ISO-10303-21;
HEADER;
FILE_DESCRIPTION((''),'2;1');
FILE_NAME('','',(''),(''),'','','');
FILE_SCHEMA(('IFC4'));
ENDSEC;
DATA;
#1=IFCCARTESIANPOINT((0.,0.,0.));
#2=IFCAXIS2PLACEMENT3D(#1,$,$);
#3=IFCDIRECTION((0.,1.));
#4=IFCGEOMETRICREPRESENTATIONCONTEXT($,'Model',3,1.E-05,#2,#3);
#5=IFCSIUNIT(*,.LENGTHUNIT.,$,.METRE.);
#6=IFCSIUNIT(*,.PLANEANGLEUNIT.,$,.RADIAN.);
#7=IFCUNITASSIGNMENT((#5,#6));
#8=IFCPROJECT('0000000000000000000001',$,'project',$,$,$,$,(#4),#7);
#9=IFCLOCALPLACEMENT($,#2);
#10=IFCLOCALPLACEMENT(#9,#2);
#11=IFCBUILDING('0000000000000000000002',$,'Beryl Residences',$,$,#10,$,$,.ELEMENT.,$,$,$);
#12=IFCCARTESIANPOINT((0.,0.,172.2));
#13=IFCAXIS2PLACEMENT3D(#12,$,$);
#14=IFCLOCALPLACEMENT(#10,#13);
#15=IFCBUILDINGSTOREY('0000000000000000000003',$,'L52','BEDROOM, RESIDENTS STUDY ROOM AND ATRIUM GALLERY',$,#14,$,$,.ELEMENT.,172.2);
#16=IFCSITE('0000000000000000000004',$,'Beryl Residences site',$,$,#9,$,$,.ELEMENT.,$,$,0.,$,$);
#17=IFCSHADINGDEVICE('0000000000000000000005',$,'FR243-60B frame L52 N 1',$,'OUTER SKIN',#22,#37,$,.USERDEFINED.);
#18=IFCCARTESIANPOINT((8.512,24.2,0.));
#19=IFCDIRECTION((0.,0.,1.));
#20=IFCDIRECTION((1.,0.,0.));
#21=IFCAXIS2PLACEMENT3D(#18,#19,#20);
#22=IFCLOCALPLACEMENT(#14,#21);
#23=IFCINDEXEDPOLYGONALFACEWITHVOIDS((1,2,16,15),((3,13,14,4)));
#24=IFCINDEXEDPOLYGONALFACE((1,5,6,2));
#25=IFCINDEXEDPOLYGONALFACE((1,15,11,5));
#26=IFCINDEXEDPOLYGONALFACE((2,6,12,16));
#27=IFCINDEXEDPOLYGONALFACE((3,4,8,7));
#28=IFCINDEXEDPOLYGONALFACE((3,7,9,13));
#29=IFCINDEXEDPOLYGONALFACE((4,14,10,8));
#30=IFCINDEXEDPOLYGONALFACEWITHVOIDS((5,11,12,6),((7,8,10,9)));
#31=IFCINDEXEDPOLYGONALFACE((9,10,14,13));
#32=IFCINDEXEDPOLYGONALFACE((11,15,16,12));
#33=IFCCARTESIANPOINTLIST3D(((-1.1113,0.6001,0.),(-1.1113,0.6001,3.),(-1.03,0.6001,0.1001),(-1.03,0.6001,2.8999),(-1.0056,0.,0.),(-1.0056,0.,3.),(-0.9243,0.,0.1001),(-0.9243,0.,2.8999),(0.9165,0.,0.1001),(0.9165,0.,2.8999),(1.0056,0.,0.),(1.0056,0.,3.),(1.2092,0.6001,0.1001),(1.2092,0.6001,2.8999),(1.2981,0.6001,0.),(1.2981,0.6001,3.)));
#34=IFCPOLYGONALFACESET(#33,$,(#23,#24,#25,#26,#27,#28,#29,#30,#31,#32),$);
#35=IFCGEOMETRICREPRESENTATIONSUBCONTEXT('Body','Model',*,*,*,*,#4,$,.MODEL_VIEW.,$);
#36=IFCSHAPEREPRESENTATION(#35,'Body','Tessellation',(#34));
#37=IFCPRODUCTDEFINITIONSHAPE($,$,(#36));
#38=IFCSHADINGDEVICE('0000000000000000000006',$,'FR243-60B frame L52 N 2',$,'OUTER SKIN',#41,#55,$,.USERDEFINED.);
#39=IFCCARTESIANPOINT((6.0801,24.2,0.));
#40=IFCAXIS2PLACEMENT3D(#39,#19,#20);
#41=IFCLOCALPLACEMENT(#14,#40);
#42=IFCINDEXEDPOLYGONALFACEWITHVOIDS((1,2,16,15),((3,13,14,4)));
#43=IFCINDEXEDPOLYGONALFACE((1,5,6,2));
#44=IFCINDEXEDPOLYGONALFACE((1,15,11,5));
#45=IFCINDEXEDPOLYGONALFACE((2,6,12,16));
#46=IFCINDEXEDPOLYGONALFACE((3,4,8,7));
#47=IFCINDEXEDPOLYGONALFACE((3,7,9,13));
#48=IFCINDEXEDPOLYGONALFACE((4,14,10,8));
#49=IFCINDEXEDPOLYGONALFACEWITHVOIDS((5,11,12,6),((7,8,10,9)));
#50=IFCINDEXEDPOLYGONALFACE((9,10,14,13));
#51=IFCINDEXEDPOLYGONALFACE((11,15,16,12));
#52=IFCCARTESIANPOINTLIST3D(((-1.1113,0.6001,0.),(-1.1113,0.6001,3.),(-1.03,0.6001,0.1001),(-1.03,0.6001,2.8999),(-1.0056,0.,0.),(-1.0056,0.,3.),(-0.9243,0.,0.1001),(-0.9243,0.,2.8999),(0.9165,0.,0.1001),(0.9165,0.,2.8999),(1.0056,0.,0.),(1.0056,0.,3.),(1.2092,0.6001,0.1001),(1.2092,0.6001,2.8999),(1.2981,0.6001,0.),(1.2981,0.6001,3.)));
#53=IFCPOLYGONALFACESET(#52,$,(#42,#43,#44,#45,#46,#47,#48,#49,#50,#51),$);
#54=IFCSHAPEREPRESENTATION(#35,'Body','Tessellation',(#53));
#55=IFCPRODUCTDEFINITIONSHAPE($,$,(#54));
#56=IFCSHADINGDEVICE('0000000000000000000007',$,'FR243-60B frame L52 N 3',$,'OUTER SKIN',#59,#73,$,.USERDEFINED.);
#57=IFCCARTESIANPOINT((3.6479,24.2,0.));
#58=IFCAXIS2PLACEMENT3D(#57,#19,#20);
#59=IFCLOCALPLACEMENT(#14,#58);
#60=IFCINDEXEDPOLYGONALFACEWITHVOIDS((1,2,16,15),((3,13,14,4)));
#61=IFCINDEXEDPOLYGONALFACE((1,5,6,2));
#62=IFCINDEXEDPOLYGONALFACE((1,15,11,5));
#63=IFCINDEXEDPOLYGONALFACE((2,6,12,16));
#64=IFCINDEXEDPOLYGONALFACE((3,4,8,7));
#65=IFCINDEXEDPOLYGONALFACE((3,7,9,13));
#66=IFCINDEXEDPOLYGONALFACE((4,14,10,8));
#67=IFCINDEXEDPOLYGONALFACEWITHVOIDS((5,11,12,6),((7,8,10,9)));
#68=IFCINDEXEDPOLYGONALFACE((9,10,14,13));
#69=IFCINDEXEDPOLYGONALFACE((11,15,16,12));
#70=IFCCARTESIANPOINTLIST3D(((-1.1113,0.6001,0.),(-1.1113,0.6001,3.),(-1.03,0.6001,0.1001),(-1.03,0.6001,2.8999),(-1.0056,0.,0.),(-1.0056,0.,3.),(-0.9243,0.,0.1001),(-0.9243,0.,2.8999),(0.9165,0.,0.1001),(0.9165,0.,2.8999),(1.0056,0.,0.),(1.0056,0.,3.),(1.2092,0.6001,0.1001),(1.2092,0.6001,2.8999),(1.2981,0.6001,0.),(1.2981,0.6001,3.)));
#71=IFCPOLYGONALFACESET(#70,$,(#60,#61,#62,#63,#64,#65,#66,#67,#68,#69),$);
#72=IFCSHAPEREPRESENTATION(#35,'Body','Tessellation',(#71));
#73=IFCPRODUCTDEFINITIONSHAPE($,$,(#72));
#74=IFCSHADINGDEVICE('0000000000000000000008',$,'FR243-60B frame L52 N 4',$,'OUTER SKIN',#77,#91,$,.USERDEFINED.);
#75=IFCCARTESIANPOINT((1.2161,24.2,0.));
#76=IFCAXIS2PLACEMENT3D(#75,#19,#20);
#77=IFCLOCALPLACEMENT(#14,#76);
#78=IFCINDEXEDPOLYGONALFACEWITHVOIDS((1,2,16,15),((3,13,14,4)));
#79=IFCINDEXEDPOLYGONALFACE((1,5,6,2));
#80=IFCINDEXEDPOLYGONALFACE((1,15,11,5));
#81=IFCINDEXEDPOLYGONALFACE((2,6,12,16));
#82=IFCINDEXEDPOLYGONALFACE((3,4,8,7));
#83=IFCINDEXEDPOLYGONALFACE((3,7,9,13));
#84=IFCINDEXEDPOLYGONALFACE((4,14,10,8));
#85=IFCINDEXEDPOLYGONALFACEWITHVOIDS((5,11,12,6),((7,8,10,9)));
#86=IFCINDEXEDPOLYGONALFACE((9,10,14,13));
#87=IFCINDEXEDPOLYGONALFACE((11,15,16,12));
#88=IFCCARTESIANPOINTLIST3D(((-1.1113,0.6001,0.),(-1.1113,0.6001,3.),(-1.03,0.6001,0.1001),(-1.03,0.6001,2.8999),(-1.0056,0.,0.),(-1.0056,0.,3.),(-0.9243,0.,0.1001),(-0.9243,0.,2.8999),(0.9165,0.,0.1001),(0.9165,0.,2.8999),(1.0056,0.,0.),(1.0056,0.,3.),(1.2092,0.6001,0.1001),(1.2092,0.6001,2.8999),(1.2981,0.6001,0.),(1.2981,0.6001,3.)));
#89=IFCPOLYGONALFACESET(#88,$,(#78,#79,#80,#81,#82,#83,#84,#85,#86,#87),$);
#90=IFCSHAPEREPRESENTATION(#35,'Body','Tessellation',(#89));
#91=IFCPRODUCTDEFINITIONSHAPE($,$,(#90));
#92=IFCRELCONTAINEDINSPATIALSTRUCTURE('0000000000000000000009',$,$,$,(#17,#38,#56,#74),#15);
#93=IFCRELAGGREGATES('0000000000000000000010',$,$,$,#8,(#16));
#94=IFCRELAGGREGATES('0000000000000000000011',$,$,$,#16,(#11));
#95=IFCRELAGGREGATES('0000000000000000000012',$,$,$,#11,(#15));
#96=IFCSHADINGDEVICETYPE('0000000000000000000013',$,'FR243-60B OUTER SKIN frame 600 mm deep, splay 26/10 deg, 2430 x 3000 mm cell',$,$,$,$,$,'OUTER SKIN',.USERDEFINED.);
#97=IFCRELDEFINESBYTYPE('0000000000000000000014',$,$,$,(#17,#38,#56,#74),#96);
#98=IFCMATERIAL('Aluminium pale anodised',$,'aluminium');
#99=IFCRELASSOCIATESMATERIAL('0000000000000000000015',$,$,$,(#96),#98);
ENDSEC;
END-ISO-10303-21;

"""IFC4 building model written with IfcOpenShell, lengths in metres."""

from ifc_helpers import new_model, entity, si_unit, direction, frame, origin, place, context, subcontext, project, spatial, source, transform, mapped, material, type_object, type_shapes, element, save


model = new_model("IFC4")

# Units and contexts
model_context = context("Model", 3, precision=1e-05, world=origin(), true_north=direction((0.0, 1.0)))
body_context = subcontext(model_context, "Body", "Model", "MODEL_VIEW")
ifc_project = project(units=[si_unit("LENGTHUNIT", "METRE"), si_unit("PLANEANGLEUNIT", "RADIAN")], contexts=[model_context])

# Site, building, storey
site_placement = place(None, origin())
site = spatial("IfcSite", under=ifc_project, at=site_placement, Name="Beryl Residences site", CompositionType="ELEMENT", RefElevation=0.0)
building_placement = place(site_placement, origin())
building = spatial("IfcBuilding", under=site, at=building_placement, Name="Beryl Residences", CompositionType="ELEMENT")
storey_placement = place(building_placement, frame((0.0, 0.0, 172.2)))
storey = spatial("IfcBuildingStorey", under=building, at=storey_placement, Name="L52", Description="BEDROOM, RESIDENTS STUDY ROOM AND ATRIUM GALLERY", CompositionType="ELEMENT", Elevation=172.2)

# Shading devices
ifc_material_1 = material(Name="Aluminium pale anodised", Category="aluminium")
shading_device_type = type_object("IfcShadingDeviceType", Name="FR243-60B OUTER SKIN frame 600 mm deep, splay 26/10 deg, 2430 x 3000 mm cell", ElementType="OUTER SKIN", PredefinedType="USERDEFINED", material=ifc_material_1)
cartesian_point_1 = entity("IfcCartesianPoint", [-1.0056, 0.0])
cartesian_point_2 = entity("IfcCartesianPoint", [-0.9165, 0.1001])
cartesian_point_3 = entity("IfcCartesianPoint", [-1.2981, 0.0])
cartesian_point_4 = entity("IfcCartesianPoint", [-1.2092, 0.1001])
shared_shape_1 = source(origin(), body_context, "Body", "SweptSolid", [
    entity("IfcExtrudedAreaSolidTapered", entity("IfcArbitraryProfileDefWithVoids", "AREA", None, entity("IfcPolyline", [cartesian_point_1, entity("IfcCartesianPoint", [1.0056, 0.0]), entity("IfcCartesianPoint", [1.0056, 3.0]), entity("IfcCartesianPoint", [-1.0056, 3.0]), cartesian_point_1]), [entity("IfcPolyline", [cartesian_point_2, entity("IfcCartesianPoint", [0.9243, 0.1001]), entity("IfcCartesianPoint", [0.9243, 2.8999]), entity("IfcCartesianPoint", [-0.9165, 2.8999]), cartesian_point_2])]), entity("IfcAxis2Placement3D", entity("IfcCartesianPoint", [0.0, 0.0, 0.0]), entity("IfcDirection", [0.0, 1.0, 0.0]), entity("IfcDirection", [-1.0, 0.0, 0.0])), entity("IfcDirection", [0.0, 0.0, 1.0]), 0.6001, entity("IfcArbitraryProfileDefWithVoids", "AREA", None, entity("IfcPolyline", [cartesian_point_3, entity("IfcCartesianPoint", [1.1113, 0.0]), entity("IfcCartesianPoint", [1.1113, 3.0]), entity("IfcCartesianPoint", [-1.2981, 3.0]), cartesian_point_3]), [entity("IfcPolyline", [cartesian_point_4, entity("IfcCartesianPoint", [1.03, 0.1001]), entity("IfcCartesianPoint", [1.03, 2.8999]), entity("IfcCartesianPoint", [-1.2092, 2.8999]), cartesian_point_4])])),
])
type_shapes(shading_device_type, [shared_shape_1])
for number, where, z_axis, x_axis, name in (
    (1, (8.512, 24.2, 0.0), (0.0, 0.0, 1.0), (1.0, 0.0, 0.0), "FR243-60B frame L52 N 1"),
    (2, (6.0801, 24.2, 0.0), (0.0, 0.0, 1.0), (1.0, 0.0, 0.0), "FR243-60B frame L52 N 2"),
    (3, (3.6479, 24.2, 0.0), (0.0, 0.0, 1.0), (1.0, 0.0, 0.0), "FR243-60B frame L52 N 3"),
    (4, (1.2161, 24.2, 0.0), (0.0, 0.0, 1.0), (1.0, 0.0, 0.0), "FR243-60B frame L52 N 4"),
):
    element("IfcShadingDevice", number, at=place(storey_placement, frame(where, z_axis=z_axis, x_axis=x_axis)), inside=storey, type_object=shading_device_type, Name=name, ObjectType="OUTER SKIN", PredefinedType="USERDEFINED", context=body_context, shape_type="MappedRepresentation", body=[
        mapped(shared_shape_1, transform((0.0, 0.0, 0.0))),
    ])

save(model, "model.ifc")
